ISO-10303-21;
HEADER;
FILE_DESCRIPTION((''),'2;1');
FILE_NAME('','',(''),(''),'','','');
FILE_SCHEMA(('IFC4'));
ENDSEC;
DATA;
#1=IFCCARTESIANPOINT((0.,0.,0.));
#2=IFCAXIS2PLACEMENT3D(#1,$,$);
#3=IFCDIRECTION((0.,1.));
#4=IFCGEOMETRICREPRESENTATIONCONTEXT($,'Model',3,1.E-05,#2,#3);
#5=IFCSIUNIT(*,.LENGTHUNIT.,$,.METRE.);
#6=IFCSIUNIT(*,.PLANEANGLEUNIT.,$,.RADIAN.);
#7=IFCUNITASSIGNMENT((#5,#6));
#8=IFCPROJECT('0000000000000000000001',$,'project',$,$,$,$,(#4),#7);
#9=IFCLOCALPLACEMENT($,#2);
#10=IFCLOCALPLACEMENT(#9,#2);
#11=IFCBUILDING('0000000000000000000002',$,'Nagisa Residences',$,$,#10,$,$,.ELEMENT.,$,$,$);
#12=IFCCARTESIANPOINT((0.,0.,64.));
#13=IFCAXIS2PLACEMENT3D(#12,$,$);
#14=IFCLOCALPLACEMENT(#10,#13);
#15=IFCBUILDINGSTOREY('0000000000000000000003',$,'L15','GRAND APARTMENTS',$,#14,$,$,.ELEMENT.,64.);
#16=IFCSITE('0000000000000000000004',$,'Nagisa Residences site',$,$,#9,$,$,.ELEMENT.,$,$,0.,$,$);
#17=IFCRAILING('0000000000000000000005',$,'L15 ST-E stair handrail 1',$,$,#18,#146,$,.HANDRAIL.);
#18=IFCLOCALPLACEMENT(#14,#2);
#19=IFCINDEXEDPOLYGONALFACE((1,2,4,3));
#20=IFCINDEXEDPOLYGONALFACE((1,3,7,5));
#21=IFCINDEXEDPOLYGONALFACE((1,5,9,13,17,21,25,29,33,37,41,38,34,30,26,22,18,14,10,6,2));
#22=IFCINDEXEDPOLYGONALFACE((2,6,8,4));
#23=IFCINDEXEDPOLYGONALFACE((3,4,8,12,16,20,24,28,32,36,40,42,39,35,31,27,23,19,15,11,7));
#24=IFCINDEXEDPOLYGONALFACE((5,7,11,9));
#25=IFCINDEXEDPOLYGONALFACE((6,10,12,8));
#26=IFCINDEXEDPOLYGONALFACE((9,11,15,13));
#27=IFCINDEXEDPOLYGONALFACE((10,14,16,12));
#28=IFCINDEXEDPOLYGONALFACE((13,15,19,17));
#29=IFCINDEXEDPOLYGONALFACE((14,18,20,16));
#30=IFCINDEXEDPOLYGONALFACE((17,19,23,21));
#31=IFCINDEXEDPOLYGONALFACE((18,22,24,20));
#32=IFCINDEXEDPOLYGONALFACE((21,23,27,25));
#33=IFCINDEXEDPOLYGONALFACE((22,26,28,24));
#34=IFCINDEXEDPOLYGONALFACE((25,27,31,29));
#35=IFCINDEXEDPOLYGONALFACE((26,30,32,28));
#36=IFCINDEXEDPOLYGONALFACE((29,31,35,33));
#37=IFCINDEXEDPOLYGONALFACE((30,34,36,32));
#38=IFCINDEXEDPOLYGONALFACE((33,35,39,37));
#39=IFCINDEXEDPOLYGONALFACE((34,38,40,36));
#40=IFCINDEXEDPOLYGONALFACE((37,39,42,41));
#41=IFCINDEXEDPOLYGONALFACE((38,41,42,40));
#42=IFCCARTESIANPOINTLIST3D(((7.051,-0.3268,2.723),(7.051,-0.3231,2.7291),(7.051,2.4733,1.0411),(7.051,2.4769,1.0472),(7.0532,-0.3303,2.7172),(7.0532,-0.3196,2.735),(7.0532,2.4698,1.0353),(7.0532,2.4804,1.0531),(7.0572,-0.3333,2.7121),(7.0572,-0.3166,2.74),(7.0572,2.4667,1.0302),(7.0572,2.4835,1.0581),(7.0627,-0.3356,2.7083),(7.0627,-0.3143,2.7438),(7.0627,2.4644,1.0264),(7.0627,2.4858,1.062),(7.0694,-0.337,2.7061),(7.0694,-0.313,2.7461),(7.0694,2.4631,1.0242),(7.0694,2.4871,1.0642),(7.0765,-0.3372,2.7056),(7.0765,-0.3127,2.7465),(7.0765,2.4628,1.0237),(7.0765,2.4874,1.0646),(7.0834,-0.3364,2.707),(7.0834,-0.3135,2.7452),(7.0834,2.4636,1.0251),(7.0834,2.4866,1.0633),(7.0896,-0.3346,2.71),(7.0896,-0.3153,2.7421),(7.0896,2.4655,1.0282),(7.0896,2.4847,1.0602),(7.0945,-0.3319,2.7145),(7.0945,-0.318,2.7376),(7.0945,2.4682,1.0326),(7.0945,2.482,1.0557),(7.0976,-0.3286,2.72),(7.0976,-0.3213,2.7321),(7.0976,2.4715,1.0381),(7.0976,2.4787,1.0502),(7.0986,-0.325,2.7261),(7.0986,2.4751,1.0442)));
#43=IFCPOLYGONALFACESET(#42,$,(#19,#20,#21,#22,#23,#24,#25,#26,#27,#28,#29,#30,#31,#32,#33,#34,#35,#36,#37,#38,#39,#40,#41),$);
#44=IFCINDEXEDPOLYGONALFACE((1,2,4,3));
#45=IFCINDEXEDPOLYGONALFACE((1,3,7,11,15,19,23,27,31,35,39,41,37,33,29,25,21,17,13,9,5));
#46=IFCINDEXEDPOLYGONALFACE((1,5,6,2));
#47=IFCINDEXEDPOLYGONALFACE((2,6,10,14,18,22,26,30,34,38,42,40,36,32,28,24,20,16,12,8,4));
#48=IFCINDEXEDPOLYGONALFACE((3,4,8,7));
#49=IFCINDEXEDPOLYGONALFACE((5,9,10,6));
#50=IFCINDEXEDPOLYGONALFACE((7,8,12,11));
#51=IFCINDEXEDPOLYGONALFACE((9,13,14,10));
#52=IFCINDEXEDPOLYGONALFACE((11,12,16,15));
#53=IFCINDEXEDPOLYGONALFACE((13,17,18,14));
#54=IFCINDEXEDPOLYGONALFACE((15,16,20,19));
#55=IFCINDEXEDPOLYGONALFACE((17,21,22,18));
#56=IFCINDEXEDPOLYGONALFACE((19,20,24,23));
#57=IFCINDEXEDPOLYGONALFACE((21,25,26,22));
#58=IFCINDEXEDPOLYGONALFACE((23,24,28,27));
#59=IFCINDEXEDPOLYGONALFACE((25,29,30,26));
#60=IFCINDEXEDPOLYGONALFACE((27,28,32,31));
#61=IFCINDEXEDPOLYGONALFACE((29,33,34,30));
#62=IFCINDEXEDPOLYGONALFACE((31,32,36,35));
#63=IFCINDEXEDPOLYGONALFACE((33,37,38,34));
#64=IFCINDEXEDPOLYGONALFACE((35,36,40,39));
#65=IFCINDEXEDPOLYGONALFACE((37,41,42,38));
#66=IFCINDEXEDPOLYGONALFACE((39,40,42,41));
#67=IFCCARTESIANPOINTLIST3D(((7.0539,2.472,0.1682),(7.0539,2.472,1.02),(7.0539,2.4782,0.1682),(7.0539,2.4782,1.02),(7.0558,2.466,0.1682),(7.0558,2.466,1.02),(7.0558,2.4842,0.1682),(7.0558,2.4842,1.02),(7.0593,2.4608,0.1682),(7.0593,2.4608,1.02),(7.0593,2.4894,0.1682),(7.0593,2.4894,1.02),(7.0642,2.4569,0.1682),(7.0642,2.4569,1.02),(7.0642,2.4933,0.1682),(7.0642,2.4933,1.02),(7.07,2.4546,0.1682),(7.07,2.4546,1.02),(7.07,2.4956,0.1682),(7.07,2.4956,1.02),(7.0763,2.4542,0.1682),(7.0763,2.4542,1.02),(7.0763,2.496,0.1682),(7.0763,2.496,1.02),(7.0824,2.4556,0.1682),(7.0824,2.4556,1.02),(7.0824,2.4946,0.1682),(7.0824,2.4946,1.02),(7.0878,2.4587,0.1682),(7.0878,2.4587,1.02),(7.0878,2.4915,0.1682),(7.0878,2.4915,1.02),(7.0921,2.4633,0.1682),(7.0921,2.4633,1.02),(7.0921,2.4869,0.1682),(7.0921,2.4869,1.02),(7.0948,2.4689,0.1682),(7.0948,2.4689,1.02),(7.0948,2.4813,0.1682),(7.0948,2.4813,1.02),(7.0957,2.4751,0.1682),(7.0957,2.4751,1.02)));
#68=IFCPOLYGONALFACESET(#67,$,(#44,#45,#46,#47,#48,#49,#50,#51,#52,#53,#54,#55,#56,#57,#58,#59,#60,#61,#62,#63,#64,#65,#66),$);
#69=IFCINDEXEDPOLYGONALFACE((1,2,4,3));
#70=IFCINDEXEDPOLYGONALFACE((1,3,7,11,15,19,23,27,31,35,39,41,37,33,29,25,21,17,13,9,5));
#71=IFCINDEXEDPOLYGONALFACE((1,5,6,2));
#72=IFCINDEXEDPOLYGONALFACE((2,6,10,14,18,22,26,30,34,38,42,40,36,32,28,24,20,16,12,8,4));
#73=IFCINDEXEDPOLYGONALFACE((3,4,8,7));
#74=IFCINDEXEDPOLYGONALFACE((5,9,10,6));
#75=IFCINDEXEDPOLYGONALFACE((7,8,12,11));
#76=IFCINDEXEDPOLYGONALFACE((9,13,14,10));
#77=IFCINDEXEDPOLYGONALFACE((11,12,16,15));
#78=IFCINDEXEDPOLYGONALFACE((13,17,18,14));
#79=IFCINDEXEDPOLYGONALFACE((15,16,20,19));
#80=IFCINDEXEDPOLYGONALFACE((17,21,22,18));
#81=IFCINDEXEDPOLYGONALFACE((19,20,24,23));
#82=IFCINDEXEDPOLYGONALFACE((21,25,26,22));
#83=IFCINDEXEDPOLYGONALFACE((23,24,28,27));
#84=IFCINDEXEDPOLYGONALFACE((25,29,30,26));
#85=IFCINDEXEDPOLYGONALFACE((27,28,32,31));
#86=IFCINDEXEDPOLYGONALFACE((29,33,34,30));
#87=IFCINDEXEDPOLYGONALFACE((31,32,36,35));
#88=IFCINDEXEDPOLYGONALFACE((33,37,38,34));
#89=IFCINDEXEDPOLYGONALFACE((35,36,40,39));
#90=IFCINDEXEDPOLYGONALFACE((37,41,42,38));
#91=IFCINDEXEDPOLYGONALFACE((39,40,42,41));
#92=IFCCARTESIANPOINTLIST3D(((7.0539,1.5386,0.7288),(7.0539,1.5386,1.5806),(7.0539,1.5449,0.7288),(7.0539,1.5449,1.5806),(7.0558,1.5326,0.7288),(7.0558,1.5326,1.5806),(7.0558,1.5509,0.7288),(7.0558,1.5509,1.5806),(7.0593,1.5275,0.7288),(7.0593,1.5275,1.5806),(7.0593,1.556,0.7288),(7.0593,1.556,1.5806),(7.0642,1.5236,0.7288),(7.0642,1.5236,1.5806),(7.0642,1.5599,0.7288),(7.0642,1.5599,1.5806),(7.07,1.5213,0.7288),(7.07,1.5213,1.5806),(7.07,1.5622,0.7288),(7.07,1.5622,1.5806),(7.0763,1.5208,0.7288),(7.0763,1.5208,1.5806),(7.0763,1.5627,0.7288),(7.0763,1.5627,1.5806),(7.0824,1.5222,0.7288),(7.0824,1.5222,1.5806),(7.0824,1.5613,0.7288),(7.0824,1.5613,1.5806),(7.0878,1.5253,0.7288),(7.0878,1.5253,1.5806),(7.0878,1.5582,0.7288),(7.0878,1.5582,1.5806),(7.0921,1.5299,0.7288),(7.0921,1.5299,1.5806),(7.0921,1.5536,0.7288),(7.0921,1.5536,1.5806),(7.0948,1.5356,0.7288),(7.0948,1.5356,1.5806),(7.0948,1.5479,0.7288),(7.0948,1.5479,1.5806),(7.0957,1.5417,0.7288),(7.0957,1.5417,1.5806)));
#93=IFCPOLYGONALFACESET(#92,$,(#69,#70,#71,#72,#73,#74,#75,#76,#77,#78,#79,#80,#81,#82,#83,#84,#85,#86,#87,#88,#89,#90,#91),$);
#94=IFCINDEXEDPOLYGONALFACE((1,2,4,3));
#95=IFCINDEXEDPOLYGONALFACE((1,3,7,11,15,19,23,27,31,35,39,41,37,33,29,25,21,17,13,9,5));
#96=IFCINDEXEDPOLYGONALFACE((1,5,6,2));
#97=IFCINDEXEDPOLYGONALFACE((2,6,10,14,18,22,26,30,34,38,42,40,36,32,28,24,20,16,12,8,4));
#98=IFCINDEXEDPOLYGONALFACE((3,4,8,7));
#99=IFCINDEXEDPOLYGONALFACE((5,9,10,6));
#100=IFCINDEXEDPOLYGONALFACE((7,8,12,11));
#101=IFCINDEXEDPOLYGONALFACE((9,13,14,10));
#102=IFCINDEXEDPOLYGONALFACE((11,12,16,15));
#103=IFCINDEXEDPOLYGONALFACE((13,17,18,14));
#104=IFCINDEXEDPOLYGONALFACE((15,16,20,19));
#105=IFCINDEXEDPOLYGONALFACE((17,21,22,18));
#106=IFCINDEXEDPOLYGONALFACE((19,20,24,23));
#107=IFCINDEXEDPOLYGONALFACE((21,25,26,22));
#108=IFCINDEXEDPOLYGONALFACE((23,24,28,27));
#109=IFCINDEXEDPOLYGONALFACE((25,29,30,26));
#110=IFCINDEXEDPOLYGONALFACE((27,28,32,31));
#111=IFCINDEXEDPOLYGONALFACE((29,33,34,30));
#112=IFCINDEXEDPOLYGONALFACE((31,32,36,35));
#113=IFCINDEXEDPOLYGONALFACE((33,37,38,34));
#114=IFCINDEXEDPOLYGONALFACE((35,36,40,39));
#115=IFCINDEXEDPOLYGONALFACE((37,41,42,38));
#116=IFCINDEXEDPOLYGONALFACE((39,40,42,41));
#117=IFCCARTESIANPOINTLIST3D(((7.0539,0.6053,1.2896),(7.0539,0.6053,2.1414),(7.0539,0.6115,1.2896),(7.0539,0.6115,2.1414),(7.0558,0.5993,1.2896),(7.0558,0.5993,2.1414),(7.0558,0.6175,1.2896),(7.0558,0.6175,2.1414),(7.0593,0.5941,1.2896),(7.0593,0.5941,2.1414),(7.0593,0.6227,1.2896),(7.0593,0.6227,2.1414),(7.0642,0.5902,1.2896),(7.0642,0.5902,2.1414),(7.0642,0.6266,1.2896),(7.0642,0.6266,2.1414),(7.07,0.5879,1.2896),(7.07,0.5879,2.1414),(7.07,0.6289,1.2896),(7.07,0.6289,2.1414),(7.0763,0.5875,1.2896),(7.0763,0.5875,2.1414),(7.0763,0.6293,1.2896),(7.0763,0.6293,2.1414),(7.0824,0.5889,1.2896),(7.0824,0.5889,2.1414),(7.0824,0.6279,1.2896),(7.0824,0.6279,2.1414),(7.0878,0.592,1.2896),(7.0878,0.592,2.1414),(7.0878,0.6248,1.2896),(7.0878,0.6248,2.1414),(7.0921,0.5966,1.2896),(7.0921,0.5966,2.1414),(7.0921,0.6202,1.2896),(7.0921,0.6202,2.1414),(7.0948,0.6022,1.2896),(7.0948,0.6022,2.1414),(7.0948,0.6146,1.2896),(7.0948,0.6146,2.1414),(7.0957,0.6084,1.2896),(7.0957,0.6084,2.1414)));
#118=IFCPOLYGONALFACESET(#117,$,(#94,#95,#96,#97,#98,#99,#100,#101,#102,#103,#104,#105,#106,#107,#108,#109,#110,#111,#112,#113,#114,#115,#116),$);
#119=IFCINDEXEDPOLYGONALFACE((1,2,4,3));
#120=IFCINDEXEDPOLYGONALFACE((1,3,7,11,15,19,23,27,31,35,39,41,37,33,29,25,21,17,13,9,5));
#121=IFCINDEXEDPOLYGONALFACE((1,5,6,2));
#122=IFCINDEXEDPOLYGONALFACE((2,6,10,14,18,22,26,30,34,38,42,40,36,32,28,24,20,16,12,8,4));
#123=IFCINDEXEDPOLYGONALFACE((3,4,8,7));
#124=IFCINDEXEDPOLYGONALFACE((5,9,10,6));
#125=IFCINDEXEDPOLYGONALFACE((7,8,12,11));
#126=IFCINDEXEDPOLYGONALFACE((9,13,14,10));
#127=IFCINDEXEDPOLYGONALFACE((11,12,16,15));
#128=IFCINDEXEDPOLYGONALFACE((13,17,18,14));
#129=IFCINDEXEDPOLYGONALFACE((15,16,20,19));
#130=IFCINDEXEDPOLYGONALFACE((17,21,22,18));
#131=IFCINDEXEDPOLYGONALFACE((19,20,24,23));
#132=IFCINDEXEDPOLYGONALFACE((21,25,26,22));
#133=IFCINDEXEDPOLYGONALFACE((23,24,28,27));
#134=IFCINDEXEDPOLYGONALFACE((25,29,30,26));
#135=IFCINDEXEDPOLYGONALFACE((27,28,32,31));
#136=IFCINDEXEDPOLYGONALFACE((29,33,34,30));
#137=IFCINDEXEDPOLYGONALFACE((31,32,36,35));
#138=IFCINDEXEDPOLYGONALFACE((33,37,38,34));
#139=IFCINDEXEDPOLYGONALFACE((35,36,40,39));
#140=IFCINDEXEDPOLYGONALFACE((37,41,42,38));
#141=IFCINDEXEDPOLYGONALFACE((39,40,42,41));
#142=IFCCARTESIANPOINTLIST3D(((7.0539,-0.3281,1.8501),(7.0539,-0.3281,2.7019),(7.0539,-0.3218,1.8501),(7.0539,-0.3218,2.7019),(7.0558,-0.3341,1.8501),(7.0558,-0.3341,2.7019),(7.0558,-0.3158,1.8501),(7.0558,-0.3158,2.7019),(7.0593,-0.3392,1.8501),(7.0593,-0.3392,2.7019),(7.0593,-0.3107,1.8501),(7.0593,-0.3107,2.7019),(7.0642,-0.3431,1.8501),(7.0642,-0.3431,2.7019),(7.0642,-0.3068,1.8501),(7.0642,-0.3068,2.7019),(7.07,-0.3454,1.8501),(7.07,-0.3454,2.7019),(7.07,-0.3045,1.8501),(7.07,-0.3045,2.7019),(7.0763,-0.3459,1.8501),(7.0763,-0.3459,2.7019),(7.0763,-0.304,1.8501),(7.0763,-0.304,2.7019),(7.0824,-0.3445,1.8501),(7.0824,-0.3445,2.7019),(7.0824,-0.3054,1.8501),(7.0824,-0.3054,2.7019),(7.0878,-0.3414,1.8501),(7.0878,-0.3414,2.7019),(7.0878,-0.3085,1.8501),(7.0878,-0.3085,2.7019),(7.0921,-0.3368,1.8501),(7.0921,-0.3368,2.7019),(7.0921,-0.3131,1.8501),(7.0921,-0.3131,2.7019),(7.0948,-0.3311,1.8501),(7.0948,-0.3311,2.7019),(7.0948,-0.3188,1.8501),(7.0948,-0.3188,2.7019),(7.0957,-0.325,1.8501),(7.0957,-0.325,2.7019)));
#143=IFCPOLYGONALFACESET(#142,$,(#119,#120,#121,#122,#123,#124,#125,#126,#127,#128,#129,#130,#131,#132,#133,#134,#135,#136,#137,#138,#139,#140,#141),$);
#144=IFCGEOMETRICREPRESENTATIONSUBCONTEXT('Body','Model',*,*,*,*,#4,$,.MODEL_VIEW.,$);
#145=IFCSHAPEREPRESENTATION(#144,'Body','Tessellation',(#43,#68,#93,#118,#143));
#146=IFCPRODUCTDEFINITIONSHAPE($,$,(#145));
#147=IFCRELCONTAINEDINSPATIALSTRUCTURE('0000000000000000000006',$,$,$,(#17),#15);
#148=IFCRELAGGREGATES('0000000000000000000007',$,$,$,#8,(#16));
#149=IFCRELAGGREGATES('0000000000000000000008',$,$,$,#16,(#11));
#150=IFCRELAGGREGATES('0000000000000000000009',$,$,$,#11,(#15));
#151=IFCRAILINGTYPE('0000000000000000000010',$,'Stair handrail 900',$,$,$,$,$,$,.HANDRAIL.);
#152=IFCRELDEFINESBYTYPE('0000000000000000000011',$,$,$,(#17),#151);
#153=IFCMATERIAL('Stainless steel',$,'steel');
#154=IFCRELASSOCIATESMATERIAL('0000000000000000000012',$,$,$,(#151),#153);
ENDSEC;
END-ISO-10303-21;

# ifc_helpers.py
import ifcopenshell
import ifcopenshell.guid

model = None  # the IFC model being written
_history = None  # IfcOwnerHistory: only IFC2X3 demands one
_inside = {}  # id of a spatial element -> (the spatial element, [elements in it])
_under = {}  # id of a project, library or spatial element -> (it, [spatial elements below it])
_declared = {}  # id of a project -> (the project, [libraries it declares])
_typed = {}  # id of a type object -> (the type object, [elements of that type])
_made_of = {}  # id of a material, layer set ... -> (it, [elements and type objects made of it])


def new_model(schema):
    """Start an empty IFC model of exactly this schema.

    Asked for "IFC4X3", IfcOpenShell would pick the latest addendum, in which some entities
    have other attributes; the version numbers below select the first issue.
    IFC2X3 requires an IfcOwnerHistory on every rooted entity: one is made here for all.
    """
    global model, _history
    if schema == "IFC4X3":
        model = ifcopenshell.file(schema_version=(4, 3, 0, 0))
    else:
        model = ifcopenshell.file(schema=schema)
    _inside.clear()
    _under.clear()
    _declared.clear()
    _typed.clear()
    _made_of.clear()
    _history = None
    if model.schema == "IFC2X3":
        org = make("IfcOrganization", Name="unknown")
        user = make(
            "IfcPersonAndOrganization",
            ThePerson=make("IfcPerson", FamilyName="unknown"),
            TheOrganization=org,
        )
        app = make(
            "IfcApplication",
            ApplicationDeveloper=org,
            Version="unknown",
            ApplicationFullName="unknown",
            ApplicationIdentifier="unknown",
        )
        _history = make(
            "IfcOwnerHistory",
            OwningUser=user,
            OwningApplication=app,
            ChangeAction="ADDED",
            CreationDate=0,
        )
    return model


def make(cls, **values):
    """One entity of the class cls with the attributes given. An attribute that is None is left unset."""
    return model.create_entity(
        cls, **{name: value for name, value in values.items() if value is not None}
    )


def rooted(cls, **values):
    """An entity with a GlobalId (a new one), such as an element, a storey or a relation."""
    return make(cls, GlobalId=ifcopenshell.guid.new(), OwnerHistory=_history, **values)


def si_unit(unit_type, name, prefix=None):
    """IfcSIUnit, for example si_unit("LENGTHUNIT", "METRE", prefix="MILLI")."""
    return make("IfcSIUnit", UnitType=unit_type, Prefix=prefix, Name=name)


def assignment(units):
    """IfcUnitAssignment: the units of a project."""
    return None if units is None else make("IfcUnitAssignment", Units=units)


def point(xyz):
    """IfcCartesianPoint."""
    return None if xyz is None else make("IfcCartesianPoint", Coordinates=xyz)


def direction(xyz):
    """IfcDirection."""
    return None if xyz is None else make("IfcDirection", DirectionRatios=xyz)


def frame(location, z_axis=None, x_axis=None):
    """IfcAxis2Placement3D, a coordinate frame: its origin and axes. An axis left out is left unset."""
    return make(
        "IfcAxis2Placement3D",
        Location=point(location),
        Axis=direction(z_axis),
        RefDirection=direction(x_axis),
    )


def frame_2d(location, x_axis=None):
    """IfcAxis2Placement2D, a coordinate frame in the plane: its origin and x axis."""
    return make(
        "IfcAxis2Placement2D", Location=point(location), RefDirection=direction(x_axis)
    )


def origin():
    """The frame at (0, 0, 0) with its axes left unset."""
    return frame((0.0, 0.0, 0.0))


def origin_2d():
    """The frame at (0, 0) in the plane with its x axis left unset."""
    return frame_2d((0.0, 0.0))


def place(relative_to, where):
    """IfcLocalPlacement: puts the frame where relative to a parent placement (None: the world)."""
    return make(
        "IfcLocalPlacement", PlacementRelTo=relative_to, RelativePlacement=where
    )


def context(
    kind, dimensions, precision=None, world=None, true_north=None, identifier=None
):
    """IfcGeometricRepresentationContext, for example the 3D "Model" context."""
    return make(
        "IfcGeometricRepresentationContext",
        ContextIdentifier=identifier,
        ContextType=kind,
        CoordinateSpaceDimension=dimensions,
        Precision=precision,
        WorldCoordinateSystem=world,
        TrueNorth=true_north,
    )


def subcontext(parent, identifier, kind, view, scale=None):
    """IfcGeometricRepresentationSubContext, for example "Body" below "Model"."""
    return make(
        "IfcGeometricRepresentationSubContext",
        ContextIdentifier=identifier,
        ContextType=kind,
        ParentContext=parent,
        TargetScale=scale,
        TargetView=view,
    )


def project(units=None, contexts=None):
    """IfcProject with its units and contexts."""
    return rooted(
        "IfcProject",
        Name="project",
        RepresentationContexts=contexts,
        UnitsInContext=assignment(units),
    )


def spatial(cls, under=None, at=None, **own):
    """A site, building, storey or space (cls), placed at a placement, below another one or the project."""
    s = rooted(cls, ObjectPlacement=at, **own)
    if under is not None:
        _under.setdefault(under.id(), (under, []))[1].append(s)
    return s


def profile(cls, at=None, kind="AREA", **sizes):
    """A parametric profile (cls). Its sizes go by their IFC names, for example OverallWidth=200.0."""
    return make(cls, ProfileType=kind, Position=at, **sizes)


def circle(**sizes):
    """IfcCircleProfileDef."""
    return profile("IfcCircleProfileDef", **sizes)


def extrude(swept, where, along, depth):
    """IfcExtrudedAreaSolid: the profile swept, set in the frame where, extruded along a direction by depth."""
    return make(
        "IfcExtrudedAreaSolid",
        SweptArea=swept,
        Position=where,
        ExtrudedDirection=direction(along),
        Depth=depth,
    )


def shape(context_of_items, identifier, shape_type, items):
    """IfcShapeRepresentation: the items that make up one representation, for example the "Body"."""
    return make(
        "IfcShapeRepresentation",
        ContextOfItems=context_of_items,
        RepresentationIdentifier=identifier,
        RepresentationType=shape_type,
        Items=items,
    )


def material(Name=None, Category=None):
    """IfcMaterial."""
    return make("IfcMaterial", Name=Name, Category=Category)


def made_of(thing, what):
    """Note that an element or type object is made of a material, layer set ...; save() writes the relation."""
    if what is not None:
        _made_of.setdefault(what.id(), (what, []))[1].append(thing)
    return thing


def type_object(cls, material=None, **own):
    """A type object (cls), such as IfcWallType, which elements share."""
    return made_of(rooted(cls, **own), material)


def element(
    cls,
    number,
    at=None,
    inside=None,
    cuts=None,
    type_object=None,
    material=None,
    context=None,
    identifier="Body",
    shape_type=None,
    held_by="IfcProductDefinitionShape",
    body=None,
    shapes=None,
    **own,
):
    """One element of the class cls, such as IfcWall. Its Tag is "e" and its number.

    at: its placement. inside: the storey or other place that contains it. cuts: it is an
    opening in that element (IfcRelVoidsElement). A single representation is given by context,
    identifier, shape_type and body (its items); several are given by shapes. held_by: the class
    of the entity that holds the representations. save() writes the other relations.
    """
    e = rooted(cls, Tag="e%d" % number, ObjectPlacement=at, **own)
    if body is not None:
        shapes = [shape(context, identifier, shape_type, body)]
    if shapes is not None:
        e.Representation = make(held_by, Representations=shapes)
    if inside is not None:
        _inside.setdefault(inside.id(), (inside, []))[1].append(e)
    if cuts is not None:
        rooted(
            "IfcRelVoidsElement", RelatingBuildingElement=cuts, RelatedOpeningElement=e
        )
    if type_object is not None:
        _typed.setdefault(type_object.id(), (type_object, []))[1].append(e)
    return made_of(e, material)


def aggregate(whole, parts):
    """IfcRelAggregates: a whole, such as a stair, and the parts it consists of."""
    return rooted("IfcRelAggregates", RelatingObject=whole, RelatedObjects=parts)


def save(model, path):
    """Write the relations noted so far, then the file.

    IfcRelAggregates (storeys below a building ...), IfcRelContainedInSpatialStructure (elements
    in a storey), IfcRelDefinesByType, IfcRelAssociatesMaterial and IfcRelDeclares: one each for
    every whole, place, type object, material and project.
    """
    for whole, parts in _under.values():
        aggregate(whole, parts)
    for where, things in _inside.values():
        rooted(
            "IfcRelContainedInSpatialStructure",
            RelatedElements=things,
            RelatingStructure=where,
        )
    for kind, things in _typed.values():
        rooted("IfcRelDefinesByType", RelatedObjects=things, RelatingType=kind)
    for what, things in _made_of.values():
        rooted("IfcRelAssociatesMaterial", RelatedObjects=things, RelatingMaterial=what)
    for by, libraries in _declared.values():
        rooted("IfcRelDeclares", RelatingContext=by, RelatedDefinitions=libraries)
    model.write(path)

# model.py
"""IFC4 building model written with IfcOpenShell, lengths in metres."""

from ifc_helpers import new_model, si_unit, direction, frame, origin, origin_2d, place, context, subcontext, project, spatial, circle, extrude, material, type_object, element, save


model = new_model("IFC4")

# Units and contexts
model_context = context("Model", 3, precision=1e-05, world=origin(), true_north=direction((0.0, 1.0)))
body_context = subcontext(model_context, "Body", "Model", "MODEL_VIEW")
ifc_project = project(units=[si_unit("LENGTHUNIT", "METRE"), si_unit("PLANEANGLEUNIT", "RADIAN")], contexts=[model_context])

# Site, building, storey
site_placement = place(None, origin())
site = spatial("IfcSite", under=ifc_project, at=site_placement, Name="Nagisa Residences site", CompositionType="ELEMENT", RefElevation=0.0)
building_placement = place(site_placement, origin())
building = spatial("IfcBuilding", under=site, at=building_placement, Name="Nagisa Residences", CompositionType="ELEMENT")
storey_placement = place(building_placement, frame((0.0, 0.0, 64.0)))
storey = spatial("IfcBuildingStorey", under=building, at=storey_placement, Name="L15", Description="GRAND APARTMENTS", CompositionType="ELEMENT", Elevation=64.0)

# Railing
ifc_material_1 = material(Name="Stainless steel", Category="steel")
railing_type_1 = type_object("IfcRailingType", Name="Stair handrail 900", PredefinedType="HANDRAIL", material=ifc_material_1)
railing_1_placement = place(storey_placement, frame((7.0747, 2.4751, 0.1682)))
element("IfcRailing", 1, at=railing_1_placement, inside=storey, type_object=railing_type_1, Name="L15 ST-E stair handrail 1", PredefinedType="HANDRAIL", context=body_context, shape_type="SweptSolid", body=[
    extrude(circle(Radius=0.0239, at=origin_2d()), frame((0.0, 0.0, 0.876), z_axis=(0.0, -0.857242, 0.514913), x_axis=(1.0, 0.0, 0.0)), (0.0, 0.0, 1.0), 3.2664),
    extrude(circle(Radius=0.021, at=origin_2d()), origin(), (0.0, 0.0, 1.0), 0.8518),
    extrude(circle(Radius=0.021, at=origin_2d()), frame((0.0, -0.9333, 0.5605)), (0.0, 0.0, 1.0), 0.8518),
    extrude(circle(Radius=0.021, at=origin_2d()), frame((0.0, -1.8667, 1.1213)), (0.0, 0.0, 1.0), 0.8518),
    extrude(circle(Radius=0.021, at=origin_2d()), frame((0.0, -2.8, 1.6819)), (0.0, 0.0, 1.0), 0.8518),
])

save(model, "model.ifc")
